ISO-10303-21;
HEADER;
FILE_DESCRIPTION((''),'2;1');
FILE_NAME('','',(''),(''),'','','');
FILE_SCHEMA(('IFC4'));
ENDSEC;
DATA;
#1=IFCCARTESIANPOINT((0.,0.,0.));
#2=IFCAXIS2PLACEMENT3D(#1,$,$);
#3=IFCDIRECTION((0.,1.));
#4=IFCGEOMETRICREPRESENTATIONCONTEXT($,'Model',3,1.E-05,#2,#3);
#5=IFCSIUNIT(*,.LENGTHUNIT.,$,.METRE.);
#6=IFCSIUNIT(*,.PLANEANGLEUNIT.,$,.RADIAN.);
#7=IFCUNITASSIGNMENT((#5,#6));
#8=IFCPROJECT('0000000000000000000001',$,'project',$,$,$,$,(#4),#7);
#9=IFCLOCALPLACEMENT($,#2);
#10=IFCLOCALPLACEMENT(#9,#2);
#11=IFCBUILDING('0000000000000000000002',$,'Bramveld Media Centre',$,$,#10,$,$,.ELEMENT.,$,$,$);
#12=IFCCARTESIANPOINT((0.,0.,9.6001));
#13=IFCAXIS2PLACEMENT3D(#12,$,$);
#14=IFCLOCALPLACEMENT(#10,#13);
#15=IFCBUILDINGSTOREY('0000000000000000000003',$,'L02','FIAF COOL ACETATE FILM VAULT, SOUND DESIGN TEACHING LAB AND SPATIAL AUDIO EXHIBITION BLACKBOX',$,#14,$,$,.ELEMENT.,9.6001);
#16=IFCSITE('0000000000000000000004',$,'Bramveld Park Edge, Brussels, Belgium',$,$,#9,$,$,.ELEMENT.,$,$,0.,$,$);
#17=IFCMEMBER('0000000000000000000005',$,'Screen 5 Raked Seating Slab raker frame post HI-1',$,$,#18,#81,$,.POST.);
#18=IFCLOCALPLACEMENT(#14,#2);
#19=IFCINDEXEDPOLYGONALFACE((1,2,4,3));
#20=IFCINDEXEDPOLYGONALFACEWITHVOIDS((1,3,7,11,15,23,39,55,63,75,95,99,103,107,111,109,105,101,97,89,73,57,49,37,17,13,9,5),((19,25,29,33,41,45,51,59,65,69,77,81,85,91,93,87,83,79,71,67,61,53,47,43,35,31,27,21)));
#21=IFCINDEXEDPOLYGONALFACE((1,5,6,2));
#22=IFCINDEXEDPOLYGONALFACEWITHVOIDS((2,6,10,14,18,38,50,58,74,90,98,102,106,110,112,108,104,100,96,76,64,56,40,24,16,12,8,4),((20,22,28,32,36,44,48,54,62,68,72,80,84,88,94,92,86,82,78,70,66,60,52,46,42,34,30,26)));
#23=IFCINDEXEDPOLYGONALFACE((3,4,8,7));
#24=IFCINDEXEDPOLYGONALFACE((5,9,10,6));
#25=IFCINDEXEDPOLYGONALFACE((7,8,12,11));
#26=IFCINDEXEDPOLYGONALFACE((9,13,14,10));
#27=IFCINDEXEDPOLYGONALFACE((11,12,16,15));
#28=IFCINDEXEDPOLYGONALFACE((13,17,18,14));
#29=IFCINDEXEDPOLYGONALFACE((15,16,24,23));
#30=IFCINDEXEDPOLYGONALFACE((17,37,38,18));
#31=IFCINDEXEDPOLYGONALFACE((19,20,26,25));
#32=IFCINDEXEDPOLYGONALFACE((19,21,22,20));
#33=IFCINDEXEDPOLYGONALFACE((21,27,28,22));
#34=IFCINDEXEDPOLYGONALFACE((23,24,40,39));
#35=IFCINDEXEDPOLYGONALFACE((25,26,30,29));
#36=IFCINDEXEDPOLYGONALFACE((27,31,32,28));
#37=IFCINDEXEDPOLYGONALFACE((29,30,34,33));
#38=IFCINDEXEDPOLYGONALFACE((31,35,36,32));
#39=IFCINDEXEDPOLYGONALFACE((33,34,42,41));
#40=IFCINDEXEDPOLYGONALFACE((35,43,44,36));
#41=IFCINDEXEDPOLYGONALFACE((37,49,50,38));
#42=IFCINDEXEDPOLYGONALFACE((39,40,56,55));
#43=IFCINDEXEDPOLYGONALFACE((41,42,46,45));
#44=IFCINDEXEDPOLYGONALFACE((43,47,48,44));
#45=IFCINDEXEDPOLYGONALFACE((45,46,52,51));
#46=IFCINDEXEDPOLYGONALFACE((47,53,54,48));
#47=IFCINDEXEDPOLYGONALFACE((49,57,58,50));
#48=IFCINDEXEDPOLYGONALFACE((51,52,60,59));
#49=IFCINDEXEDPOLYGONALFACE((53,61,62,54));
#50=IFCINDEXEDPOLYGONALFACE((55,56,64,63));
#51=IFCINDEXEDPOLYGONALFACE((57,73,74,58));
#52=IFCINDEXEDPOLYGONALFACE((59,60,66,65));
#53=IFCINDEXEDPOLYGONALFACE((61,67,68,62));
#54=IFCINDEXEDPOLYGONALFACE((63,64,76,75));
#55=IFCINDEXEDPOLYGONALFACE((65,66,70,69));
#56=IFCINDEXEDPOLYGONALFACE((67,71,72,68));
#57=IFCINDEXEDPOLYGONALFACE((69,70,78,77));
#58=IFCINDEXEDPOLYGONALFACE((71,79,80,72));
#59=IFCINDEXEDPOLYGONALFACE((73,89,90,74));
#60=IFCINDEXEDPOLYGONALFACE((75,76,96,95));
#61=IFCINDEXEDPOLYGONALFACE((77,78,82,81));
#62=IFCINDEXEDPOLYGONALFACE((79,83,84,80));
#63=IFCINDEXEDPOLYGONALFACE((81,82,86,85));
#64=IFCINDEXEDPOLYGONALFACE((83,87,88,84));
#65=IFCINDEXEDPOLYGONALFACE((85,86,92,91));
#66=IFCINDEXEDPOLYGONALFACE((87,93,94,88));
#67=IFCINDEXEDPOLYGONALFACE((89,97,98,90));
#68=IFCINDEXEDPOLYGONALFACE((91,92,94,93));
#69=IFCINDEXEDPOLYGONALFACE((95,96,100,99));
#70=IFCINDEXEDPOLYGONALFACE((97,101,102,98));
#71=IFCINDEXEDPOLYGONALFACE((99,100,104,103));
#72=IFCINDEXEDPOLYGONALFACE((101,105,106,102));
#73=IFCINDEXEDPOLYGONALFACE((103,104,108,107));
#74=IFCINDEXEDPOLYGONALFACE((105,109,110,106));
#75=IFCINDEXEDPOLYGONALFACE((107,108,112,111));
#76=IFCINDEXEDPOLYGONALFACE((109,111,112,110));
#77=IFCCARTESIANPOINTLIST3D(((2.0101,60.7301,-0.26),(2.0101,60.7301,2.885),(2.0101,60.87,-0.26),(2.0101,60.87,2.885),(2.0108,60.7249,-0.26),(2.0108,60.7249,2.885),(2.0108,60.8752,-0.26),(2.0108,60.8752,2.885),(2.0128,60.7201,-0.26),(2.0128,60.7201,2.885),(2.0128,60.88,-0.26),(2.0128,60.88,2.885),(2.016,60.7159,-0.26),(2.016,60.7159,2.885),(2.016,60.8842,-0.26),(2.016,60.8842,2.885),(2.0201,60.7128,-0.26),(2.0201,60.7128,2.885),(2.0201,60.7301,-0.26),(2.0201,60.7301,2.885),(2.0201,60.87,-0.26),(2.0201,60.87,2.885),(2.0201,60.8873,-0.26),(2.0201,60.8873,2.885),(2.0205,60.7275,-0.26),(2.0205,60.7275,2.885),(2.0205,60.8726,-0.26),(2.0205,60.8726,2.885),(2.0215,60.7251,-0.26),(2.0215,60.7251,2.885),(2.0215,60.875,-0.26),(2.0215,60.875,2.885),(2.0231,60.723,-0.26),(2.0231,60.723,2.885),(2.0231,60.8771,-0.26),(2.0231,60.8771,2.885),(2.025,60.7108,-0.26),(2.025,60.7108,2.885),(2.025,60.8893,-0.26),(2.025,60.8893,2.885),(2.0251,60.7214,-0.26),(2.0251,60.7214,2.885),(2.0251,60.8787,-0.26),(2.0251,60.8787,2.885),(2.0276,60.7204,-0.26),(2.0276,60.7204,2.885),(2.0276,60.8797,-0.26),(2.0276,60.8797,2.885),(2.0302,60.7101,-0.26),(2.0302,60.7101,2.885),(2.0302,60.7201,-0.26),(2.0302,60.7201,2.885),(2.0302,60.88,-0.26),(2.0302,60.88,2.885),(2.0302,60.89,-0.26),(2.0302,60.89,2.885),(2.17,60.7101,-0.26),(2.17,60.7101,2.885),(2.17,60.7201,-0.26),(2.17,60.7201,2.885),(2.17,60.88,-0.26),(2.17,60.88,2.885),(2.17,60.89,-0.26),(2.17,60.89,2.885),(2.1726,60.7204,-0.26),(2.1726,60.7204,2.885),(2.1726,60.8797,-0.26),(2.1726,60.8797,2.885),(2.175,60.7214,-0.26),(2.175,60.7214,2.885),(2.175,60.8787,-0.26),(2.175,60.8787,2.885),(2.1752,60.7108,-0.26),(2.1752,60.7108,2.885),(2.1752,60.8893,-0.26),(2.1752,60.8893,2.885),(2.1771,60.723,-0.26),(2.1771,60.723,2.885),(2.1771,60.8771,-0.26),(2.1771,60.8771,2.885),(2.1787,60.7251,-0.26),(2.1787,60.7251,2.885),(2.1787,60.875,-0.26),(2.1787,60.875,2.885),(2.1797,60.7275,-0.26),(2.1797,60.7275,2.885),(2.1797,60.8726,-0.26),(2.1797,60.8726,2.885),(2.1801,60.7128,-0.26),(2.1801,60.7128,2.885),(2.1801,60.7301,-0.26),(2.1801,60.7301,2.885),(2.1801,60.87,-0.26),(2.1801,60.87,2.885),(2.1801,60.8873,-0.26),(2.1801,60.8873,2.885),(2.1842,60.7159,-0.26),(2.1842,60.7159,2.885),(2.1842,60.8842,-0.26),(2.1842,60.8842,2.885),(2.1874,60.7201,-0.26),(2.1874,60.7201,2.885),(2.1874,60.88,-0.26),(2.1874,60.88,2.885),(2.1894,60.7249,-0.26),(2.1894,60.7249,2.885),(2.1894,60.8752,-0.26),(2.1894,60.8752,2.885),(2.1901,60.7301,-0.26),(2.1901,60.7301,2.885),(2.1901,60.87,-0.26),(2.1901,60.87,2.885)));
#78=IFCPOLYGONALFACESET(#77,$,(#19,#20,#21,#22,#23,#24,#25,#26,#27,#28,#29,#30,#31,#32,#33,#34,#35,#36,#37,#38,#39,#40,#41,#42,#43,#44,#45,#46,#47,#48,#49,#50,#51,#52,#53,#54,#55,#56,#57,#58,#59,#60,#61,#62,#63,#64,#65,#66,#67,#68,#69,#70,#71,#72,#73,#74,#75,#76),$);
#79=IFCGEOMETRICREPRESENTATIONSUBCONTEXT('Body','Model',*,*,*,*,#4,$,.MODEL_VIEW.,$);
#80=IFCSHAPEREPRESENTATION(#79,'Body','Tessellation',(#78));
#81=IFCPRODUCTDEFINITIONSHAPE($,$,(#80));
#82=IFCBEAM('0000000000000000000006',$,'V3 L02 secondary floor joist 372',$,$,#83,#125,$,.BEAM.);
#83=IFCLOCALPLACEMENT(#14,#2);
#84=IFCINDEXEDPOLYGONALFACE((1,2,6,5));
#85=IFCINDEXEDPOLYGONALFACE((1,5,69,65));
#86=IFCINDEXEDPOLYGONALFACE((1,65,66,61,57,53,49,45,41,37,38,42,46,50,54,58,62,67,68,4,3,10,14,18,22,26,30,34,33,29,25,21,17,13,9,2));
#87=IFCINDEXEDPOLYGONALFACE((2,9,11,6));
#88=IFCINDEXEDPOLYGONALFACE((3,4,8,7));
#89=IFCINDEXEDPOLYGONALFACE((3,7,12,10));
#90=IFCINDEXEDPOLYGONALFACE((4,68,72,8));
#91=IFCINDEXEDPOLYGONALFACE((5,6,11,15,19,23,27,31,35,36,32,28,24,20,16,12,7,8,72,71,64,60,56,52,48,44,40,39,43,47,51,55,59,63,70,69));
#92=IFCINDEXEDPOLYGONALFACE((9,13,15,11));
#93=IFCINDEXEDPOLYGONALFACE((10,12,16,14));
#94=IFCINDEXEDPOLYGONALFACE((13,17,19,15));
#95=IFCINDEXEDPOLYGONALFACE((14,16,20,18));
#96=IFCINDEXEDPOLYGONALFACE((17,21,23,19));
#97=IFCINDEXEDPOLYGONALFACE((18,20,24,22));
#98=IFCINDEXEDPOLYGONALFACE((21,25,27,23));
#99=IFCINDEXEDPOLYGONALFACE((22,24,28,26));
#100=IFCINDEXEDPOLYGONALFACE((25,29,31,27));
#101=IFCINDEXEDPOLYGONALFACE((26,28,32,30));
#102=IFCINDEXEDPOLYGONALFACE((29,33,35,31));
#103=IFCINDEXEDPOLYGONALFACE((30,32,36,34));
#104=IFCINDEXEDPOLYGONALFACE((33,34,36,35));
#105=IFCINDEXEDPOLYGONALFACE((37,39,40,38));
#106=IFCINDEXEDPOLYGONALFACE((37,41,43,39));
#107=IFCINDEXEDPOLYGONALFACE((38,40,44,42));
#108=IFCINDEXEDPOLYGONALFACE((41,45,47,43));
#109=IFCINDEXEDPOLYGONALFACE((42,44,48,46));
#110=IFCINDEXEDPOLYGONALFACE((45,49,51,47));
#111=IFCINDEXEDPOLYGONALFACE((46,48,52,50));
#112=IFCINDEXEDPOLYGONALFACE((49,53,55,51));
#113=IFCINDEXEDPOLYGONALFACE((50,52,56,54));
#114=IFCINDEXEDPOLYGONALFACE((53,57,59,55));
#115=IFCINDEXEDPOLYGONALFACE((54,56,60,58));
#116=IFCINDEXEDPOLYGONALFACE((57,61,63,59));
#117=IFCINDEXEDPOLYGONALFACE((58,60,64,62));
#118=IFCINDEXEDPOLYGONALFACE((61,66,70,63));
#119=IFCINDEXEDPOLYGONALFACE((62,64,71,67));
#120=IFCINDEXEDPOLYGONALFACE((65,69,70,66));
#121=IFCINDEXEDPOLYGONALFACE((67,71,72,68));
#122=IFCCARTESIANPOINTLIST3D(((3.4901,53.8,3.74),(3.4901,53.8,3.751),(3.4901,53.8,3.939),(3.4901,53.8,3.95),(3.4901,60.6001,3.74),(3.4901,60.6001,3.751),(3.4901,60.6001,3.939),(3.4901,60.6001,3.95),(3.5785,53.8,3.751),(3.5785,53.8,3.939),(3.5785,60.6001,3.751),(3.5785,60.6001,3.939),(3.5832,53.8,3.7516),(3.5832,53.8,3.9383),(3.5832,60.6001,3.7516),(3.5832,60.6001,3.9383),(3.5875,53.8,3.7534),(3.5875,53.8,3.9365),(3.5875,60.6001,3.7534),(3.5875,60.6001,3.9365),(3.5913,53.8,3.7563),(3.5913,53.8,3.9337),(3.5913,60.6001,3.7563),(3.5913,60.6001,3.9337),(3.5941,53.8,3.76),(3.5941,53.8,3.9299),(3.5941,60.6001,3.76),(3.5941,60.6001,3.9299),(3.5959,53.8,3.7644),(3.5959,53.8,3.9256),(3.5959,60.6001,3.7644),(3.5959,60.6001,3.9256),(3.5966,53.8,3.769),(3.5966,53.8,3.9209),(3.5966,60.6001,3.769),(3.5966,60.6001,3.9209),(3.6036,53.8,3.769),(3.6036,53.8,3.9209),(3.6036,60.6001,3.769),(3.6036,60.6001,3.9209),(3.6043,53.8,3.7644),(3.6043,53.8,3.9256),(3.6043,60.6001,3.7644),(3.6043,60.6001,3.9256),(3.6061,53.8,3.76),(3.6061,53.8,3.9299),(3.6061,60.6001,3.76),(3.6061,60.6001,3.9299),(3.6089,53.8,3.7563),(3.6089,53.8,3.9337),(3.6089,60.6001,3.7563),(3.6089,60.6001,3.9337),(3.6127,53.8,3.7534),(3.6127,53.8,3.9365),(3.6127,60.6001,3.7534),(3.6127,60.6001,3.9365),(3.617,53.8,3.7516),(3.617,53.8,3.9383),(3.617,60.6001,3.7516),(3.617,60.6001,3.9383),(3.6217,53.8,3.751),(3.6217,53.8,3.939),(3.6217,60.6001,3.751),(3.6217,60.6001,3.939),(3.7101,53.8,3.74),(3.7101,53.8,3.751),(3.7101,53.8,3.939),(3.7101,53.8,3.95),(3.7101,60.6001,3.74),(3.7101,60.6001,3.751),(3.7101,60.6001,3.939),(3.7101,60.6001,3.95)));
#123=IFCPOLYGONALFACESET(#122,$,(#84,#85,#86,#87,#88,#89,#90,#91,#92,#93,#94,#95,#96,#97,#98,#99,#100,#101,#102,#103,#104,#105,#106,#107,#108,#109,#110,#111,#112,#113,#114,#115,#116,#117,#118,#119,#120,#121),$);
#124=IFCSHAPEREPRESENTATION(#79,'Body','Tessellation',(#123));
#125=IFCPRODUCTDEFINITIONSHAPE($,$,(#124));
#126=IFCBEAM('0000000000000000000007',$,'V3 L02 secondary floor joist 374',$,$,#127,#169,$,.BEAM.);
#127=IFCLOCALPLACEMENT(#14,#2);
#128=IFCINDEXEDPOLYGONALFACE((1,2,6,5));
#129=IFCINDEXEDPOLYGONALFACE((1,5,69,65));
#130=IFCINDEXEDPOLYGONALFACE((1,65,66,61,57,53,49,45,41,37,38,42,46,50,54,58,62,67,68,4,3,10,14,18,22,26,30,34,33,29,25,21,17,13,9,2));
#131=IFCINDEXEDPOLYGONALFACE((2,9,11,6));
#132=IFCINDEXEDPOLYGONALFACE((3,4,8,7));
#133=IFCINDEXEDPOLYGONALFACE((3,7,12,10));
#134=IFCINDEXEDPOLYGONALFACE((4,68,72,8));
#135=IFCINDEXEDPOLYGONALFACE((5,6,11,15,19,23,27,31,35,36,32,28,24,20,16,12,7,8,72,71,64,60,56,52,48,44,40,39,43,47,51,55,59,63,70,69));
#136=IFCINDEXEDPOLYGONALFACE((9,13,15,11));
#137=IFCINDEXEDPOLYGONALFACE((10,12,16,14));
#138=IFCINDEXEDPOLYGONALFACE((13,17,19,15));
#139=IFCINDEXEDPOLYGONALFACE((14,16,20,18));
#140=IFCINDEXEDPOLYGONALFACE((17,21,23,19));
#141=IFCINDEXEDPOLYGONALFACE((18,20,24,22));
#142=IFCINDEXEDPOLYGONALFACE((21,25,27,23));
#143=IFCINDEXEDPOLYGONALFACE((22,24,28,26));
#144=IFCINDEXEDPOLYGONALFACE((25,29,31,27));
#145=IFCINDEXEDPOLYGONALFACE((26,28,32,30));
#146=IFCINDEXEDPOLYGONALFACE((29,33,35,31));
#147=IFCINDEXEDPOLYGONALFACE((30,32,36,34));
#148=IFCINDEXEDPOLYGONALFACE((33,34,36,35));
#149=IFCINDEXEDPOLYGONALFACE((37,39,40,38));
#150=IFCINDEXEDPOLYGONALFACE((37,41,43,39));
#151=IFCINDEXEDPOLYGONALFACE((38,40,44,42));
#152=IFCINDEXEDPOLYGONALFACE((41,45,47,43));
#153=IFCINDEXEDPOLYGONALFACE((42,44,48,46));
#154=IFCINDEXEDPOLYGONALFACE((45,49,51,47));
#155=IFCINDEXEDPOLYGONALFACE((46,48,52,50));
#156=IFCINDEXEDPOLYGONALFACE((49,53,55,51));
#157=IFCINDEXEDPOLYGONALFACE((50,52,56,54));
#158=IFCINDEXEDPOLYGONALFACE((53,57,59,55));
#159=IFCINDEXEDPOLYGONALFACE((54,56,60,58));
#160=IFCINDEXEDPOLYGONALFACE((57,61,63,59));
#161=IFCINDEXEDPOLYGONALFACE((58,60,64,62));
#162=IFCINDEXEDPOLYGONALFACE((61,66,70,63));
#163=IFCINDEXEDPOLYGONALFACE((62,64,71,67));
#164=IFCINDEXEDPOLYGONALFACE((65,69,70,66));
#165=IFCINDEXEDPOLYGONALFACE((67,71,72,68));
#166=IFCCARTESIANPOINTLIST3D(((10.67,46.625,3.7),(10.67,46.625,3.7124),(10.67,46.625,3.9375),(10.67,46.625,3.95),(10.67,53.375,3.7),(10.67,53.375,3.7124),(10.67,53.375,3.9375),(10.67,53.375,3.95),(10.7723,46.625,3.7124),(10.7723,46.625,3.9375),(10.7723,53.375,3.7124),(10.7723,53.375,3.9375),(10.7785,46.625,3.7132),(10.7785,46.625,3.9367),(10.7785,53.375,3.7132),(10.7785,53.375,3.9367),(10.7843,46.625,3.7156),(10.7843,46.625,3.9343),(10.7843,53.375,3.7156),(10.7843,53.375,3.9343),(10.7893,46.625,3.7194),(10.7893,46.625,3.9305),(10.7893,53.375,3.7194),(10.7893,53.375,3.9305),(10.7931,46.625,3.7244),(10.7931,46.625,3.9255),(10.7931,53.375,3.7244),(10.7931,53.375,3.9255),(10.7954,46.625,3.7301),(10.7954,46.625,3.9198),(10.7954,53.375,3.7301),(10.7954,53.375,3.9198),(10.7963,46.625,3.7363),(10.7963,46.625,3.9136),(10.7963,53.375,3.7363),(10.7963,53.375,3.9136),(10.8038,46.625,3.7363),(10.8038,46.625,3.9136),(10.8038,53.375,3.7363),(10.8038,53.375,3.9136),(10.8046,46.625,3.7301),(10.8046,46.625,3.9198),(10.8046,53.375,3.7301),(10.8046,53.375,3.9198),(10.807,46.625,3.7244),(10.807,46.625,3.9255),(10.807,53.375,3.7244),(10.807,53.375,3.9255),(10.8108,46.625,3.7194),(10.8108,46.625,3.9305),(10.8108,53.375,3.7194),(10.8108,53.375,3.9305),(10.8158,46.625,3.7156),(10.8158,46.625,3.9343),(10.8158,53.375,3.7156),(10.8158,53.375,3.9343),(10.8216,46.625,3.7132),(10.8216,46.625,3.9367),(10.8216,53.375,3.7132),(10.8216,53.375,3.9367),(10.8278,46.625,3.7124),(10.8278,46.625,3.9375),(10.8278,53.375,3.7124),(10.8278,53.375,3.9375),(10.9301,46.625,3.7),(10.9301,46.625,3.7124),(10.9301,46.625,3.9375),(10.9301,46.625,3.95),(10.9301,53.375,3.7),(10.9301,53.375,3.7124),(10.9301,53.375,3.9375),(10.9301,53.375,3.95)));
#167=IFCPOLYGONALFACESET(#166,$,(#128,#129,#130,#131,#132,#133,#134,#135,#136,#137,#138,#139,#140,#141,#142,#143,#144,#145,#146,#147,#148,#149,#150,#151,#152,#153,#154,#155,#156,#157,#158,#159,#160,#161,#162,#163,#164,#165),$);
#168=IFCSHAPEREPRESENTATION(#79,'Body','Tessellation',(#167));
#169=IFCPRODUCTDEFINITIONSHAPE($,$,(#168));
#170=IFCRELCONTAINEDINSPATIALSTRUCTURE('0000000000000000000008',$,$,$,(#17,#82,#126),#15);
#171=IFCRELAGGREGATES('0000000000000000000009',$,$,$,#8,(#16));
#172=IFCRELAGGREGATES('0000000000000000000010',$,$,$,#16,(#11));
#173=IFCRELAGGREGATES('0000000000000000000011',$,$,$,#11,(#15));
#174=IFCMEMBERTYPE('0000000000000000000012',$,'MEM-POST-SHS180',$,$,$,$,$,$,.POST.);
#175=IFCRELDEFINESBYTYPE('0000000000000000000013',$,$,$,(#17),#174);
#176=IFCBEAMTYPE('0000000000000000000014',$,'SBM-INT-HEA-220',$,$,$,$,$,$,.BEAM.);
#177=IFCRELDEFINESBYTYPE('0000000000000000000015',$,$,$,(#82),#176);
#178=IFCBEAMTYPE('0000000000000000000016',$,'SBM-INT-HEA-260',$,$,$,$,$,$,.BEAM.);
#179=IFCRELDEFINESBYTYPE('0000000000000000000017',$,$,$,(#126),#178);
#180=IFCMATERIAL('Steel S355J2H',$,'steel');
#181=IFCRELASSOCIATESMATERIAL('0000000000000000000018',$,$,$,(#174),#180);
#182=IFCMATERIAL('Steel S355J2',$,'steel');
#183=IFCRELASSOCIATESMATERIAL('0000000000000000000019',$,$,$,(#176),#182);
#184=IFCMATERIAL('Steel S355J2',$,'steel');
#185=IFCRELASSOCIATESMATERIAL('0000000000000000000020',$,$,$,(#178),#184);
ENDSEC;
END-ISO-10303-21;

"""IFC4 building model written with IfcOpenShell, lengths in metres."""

from ifc_helpers import new_model, si_unit, direction, frame, origin, origin_2d, place, context, subcontext, project, spatial, hollow_rectangle, i_section, extrude, material, material_profile, profile_set, type_object, element, save


model = new_model("IFC4")

# Units and contexts
model_context = context("Model", 3, precision=1e-05, world=origin(), true_north=direction((0.0, 1.0)))
body_context = subcontext(model_context, "Body", "Model", "MODEL_VIEW")
ifc_project = project(units=[si_unit("LENGTHUNIT", "METRE"), si_unit("PLANEANGLEUNIT", "RADIAN")], contexts=[model_context])

# Site, building, storey
site_placement = place(None, origin())
site = spatial("IfcSite", under=ifc_project, at=site_placement, Name="Bramveld Park Edge, Brussels, Belgium", CompositionType="ELEMENT", RefElevation=0.0)
building_placement = place(site_placement, origin())
building = spatial("IfcBuilding", under=site, at=building_placement, Name="Bramveld Media Centre", CompositionType="ELEMENT")
storey_placement = place(building_placement, frame((0.0, 0.0, 9.6001)))
storey = spatial("IfcBuildingStorey", under=building, at=storey_placement, Name="L02", Description="FIAF COOL ACETATE FILM VAULT, SOUND DESIGN TEACHING LAB AND SPATIAL AUDIO EXHIBITION BLACKBOX", CompositionType="ELEMENT", Elevation=9.6001)

# Member
ifc_material_1 = material(Name="Steel S355J2H", Category="steel")
ifc_material_profile_1 = material_profile(ifc_material_1, hollow_rectangle(XDim=0.1799, YDim=0.1799, WallThickness=0.01, InnerFilletRadius=0.01, OuterFilletRadius=0.02, at=origin_2d()), Name="SHS 180x180x10")
ifc_profile_set_1 = profile_set([ifc_material_profile_1], Name="Steel S355J2H")
member_type = type_object("IfcMemberType", Name="MEM-POST-SHS180", PredefinedType="POST", material=ifc_profile_set_1)
member_placement = place(storey_placement, frame((2.1001, 60.8, -0.26), z_axis=(0.0, 0.0, 1.0), x_axis=(1.0, 0.0, 0.0)))
element("IfcMember", 1, at=member_placement, inside=storey, type_object=member_type, Name="Screen 5 Raked Seating Slab raker frame post HI-1", PredefinedType="POST", context=body_context, shape_type="SweptSolid", body=[
    extrude(hollow_rectangle(XDim=0.1799, YDim=0.1799, WallThickness=0.01, InnerFilletRadius=0.01, OuterFilletRadius=0.02, at=origin_2d()), origin(), (0.0, 0.0, 1.0), 3.145),
])

# Beams
ifc_material_2 = material(Name="Steel S355J2", Category="steel")
ifc_material_profile_2 = material_profile(ifc_material_2, i_section(OverallWidth=0.22, OverallDepth=0.21, WebThickness=0.0071, FlangeThickness=0.011, FilletRadius=0.0181, at=origin_2d()), Name="HEA 220")
ifc_profile_set_2 = profile_set([ifc_material_profile_2], Name="Steel S355J2")
beam_type_1 = type_object("IfcBeamType", Name="SBM-INT-HEA-220", PredefinedType="BEAM", material=ifc_profile_set_2)
beam_1_placement = place(storey_placement, frame((3.6001, 53.8, 3.845), z_axis=(0.0, 1.0, 0.0), x_axis=(-1.0, 0.0, 0.0)))
element("IfcBeam", 2, at=beam_1_placement, inside=storey, type_object=beam_type_1, Name="V3 L02 secondary floor joist 372", PredefinedType="BEAM", context=body_context, shape_type="SweptSolid", body=[
    extrude(i_section(OverallWidth=0.22, OverallDepth=0.21, WebThickness=0.0071, FlangeThickness=0.011, FilletRadius=0.0181, at=origin_2d()), origin(), (0.0, 0.0, 1.0), 6.8),
])
ifc_material_3 = material(Name="Steel S355J2", Category="steel")
ifc_material_profile_3 = material_profile(ifc_material_3, i_section(OverallWidth=0.26, OverallDepth=0.25, WebThickness=0.0076, FlangeThickness=0.0125, FilletRadius=0.0239, at=origin_2d()), Name="HEA 260")
ifc_profile_set_3 = profile_set([ifc_material_profile_3], Name="Steel S355J2")
beam_type_2 = type_object("IfcBeamType", Name="SBM-INT-HEA-260", PredefinedType="BEAM", material=ifc_profile_set_3)
beam_2_placement = place(storey_placement, frame((10.8, 46.625, 3.825), z_axis=(0.0, 1.0, 0.0), x_axis=(-1.0, 0.0, 0.0)))
element("IfcBeam", 3, at=beam_2_placement, inside=storey, type_object=beam_type_2, Name="V3 L02 secondary floor joist 374", PredefinedType="BEAM", context=body_context, shape_type="SweptSolid", body=[
    extrude(i_section(OverallWidth=0.26, OverallDepth=0.25, WebThickness=0.0076, FlangeThickness=0.0125, FilletRadius=0.0239, at=origin_2d()), origin(), (0.0, 0.0, 1.0), 6.75),
])

save(model, "model.ifc")
